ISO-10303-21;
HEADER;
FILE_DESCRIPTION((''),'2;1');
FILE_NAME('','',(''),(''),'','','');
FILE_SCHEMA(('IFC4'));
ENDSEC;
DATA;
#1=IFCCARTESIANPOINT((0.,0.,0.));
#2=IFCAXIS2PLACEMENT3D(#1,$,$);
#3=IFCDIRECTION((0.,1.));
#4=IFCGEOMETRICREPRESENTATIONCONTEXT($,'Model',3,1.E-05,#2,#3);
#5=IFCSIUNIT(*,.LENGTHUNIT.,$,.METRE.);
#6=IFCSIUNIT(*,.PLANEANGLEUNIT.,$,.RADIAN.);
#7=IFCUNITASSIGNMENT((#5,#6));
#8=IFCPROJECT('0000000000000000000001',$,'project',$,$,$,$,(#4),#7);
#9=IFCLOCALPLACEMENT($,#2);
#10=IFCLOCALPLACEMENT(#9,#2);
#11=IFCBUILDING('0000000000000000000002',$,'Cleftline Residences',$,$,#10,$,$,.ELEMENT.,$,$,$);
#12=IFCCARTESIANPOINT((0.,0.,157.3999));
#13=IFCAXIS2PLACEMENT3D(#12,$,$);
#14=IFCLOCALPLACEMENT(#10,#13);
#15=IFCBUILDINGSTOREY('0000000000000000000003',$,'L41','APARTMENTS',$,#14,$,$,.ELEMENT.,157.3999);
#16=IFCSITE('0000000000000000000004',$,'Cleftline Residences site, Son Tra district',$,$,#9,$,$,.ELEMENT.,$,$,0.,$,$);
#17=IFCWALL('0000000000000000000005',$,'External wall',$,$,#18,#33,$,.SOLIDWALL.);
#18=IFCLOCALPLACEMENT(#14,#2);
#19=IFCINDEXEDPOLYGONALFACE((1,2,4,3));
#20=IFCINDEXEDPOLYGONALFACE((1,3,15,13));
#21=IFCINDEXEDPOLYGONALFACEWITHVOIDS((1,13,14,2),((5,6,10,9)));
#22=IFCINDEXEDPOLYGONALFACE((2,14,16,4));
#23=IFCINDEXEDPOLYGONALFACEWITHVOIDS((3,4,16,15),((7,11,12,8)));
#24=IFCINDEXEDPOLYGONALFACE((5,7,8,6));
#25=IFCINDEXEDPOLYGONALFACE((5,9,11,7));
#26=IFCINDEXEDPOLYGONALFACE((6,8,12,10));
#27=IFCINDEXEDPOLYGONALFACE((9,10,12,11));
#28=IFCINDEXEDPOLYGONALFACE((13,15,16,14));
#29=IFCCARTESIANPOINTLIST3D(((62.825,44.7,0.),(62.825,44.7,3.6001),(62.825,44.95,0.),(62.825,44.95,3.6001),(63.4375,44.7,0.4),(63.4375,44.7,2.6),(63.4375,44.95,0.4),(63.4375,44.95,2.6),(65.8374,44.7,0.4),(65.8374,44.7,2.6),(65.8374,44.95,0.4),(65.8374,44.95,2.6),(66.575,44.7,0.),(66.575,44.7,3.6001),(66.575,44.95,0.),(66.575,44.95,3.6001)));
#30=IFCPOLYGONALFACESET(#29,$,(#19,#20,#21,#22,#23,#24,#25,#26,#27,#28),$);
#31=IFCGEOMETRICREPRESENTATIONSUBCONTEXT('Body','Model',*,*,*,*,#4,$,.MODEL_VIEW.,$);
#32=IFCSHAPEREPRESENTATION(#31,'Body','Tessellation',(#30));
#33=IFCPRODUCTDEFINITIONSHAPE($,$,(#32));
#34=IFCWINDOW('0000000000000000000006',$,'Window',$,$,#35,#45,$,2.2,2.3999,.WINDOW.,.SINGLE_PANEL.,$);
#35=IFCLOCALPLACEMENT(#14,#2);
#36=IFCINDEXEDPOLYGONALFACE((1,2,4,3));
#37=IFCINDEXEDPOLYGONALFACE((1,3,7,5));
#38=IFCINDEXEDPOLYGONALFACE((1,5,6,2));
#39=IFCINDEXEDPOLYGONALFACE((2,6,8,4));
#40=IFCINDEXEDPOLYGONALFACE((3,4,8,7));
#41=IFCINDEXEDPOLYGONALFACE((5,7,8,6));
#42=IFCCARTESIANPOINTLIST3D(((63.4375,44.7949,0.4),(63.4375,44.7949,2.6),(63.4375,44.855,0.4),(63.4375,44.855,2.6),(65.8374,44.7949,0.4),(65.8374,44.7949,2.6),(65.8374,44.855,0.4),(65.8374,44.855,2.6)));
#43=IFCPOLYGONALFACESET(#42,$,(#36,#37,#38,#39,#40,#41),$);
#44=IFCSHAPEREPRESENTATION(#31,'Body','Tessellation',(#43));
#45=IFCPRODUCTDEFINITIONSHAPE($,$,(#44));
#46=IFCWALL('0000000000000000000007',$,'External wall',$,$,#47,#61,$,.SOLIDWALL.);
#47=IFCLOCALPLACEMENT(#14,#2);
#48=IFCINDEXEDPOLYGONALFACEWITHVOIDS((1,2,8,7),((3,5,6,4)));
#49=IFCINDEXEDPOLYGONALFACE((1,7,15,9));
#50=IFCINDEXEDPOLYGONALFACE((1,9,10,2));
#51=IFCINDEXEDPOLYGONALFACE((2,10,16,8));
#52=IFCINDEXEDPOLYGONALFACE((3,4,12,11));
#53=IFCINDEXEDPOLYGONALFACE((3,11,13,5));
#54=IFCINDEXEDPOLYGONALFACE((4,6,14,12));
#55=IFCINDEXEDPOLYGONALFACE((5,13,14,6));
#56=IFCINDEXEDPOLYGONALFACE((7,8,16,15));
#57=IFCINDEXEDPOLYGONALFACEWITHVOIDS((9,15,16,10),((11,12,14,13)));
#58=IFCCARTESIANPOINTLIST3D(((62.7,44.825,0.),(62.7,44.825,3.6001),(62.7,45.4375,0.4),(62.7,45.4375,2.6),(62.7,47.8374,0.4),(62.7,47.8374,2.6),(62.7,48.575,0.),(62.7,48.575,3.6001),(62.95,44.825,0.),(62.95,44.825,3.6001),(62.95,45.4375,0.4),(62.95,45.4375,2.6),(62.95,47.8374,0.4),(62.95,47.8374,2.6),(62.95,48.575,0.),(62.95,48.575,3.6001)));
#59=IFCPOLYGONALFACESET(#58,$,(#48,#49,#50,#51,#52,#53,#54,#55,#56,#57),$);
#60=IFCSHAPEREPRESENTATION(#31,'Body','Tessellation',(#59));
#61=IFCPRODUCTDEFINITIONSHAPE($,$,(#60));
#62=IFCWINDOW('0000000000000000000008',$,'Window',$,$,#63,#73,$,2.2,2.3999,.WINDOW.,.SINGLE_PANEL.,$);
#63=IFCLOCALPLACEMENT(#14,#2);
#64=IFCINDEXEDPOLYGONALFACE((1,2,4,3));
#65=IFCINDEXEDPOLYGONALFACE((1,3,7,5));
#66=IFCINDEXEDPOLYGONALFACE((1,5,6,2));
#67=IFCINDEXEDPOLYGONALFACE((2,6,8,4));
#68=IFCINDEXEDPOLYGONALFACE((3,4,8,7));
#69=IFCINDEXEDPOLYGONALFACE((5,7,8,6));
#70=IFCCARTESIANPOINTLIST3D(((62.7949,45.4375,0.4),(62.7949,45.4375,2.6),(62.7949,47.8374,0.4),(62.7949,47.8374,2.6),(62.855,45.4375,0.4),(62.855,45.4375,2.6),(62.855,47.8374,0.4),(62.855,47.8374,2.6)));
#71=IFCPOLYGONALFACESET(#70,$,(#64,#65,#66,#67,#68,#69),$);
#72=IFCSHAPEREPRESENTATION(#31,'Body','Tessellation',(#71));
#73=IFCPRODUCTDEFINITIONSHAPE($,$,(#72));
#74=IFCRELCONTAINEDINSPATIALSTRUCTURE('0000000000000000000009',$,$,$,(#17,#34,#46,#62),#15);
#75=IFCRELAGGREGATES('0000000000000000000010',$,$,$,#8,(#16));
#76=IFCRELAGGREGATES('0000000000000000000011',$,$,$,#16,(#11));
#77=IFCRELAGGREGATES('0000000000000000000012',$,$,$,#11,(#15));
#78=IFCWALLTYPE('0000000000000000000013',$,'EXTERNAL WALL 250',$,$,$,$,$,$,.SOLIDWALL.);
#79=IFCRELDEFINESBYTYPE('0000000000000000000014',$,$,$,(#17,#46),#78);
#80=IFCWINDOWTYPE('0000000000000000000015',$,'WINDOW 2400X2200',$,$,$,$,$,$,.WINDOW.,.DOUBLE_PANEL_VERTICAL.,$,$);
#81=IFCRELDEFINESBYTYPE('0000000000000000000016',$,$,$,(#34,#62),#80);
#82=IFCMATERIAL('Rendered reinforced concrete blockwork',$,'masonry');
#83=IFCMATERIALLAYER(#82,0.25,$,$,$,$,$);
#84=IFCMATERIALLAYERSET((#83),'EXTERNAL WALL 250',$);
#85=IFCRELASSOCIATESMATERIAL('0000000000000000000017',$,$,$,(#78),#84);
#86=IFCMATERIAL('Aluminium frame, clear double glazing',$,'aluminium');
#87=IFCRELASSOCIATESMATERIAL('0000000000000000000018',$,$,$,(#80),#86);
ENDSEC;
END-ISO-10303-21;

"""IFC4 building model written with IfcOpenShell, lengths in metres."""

from ifc_helpers import new_model, si_unit, direction, frame, frame_2d, origin, place, context, subcontext, project, spatial, rectangle, extrude, material, layer, layer_set, type_object, element, fill, save


model = new_model("IFC4")

# Units and contexts
model_context = context("Model", 3, precision=1e-05, world=origin(), true_north=direction((0.0, 1.0)))
body_context = subcontext(model_context, "Body", "Model", "MODEL_VIEW")
ifc_project = project(units=[si_unit("LENGTHUNIT", "METRE"), si_unit("PLANEANGLEUNIT", "RADIAN")], contexts=[model_context])

# Site, building, storey
site_placement = place(None, origin())
site = spatial("IfcSite", under=ifc_project, at=site_placement, Name="Cleftline Residences site, Son Tra district", CompositionType="ELEMENT", RefElevation=0.0)
building_placement = place(site_placement, origin())
building = spatial("IfcBuilding", under=site, at=building_placement, Name="Cleftline Residences", CompositionType="ELEMENT")
storey_placement = place(building_placement, frame((0.0, 0.0, 157.3999)))
storey = spatial("IfcBuildingStorey", under=building, at=storey_placement, Name="L41", Description="APARTMENTS", CompositionType="ELEMENT", Elevation=157.3999)

# Walls, openings, windows
ifc_material_1 = material(Name="Rendered reinforced concrete blockwork", Category="masonry")
ifc_layer_1 = layer(ifc_material_1, 0.25)
ifc_layer_set_1 = layer_set([ifc_layer_1], Name="EXTERNAL WALL 250")
wall_type_1 = type_object("IfcWallType", Name="EXTERNAL WALL 250", PredefinedType="SOLIDWALL", material=ifc_layer_set_1)
wall_1_placement = place(storey_placement, frame((66.575, 44.825, 0.0), z_axis=(0.0, 0.0, 1.0), x_axis=(-1.0, 0.0, 0.0)))
wall_1 = element("IfcWall", 1, at=wall_1_placement, inside=storey, type_object=wall_type_1, Name="External wall", PredefinedType="SOLIDWALL", context=body_context, shape_type="SweptSolid", body=[
    extrude(rectangle(XDim=3.75, YDim=0.25, at=frame_2d((1.875, 0.0))), origin(), (0.0, 0.0, 1.0), 3.6001),
])
opening_1_placement = place(wall_1_placement, frame((0.7375, 0.0, 0.3999)))
opening_1 = element("IfcOpeningElement", 2, at=opening_1_placement, cuts=wall_1, PredefinedType="OPENING", context=body_context, shape_type="SweptSolid", body=[
    extrude(rectangle(XDim=2.3999, YDim=2.2, at=frame_2d((1.2, 1.1001))), frame((0.0, 0.135, 0.0), z_axis=(0.0, -1.0, 0.0), x_axis=(1.0, 0.0, 0.0)), (0.0, 0.0, 1.0), 0.27),
])
ifc_material_2 = material(Name="Aluminium frame, clear double glazing", Category="aluminium")
window_type_1 = type_object("IfcWindowType", Name="WINDOW 2400X2200", PartitioningType="DOUBLE_PANEL_VERTICAL", PredefinedType="WINDOW", material=ifc_material_2)
window_1_placement = place(opening_1_placement, origin())
window_1 = element("IfcWindow", 3, at=window_1_placement, inside=storey, type_object=window_type_1, Name="Window", OverallHeight=2.2, OverallWidth=2.3999, PartitioningType="SINGLE_PANEL", PredefinedType="WINDOW", context=body_context, shape_type="SweptSolid", body=[
    extrude(rectangle(XDim=2.3999, YDim=2.2, at=frame_2d((1.2, 1.1001))), frame((0.0, 0.03, 0.0), z_axis=(0.0, -1.0, 0.0), x_axis=(1.0, 0.0, 0.0)), (0.0, 0.0, 1.0), 0.0601),
])
fill(opening_1, window_1)
wall_2_placement = place(storey_placement, frame((62.825, 44.825, 0.0), z_axis=(0.0, 0.0, 1.0), x_axis=(0.0, 1.0, 0.0)))
wall_2 = element("IfcWall", 4, at=wall_2_placement, inside=storey, type_object=wall_type_1, Name="External wall", PredefinedType="SOLIDWALL", context=body_context, shape_type="SweptSolid", body=[
    extrude(rectangle(XDim=3.75, YDim=0.25, at=frame_2d((1.875, 0.0))), origin(), (0.0, 0.0, 1.0), 3.6001),
])
opening_2_placement = place(wall_2_placement, frame((0.6125, 0.0, 0.3999)))
opening_2 = element("IfcOpeningElement", 5, at=opening_2_placement, cuts=wall_2, PredefinedType="OPENING", context=body_context, shape_type="SweptSolid", body=[
    extrude(rectangle(XDim=2.3999, YDim=2.2, at=frame_2d((1.2, 1.1001))), frame((0.0, 0.135, 0.0), z_axis=(0.0, -1.0, 0.0), x_axis=(1.0, 0.0, 0.0)), (0.0, 0.0, 1.0), 0.27),
])
window_2_placement = place(opening_2_placement, origin())
window_2 = element("IfcWindow", 6, at=window_2_placement, inside=storey, type_object=window_type_1, Name="Window", OverallHeight=2.2, OverallWidth=2.3999, PartitioningType="SINGLE_PANEL", PredefinedType="WINDOW", context=body_context, shape_type="SweptSolid", body=[
    extrude(rectangle(XDim=2.3999, YDim=2.2, at=frame_2d((1.2, 1.1001))), frame((0.0, 0.03, 0.0), z_axis=(0.0, -1.0, 0.0), x_axis=(1.0, 0.0, 0.0)), (0.0, 0.0, 1.0), 0.0601),
])
fill(opening_2, window_2)

save(model, "model.ifc")
